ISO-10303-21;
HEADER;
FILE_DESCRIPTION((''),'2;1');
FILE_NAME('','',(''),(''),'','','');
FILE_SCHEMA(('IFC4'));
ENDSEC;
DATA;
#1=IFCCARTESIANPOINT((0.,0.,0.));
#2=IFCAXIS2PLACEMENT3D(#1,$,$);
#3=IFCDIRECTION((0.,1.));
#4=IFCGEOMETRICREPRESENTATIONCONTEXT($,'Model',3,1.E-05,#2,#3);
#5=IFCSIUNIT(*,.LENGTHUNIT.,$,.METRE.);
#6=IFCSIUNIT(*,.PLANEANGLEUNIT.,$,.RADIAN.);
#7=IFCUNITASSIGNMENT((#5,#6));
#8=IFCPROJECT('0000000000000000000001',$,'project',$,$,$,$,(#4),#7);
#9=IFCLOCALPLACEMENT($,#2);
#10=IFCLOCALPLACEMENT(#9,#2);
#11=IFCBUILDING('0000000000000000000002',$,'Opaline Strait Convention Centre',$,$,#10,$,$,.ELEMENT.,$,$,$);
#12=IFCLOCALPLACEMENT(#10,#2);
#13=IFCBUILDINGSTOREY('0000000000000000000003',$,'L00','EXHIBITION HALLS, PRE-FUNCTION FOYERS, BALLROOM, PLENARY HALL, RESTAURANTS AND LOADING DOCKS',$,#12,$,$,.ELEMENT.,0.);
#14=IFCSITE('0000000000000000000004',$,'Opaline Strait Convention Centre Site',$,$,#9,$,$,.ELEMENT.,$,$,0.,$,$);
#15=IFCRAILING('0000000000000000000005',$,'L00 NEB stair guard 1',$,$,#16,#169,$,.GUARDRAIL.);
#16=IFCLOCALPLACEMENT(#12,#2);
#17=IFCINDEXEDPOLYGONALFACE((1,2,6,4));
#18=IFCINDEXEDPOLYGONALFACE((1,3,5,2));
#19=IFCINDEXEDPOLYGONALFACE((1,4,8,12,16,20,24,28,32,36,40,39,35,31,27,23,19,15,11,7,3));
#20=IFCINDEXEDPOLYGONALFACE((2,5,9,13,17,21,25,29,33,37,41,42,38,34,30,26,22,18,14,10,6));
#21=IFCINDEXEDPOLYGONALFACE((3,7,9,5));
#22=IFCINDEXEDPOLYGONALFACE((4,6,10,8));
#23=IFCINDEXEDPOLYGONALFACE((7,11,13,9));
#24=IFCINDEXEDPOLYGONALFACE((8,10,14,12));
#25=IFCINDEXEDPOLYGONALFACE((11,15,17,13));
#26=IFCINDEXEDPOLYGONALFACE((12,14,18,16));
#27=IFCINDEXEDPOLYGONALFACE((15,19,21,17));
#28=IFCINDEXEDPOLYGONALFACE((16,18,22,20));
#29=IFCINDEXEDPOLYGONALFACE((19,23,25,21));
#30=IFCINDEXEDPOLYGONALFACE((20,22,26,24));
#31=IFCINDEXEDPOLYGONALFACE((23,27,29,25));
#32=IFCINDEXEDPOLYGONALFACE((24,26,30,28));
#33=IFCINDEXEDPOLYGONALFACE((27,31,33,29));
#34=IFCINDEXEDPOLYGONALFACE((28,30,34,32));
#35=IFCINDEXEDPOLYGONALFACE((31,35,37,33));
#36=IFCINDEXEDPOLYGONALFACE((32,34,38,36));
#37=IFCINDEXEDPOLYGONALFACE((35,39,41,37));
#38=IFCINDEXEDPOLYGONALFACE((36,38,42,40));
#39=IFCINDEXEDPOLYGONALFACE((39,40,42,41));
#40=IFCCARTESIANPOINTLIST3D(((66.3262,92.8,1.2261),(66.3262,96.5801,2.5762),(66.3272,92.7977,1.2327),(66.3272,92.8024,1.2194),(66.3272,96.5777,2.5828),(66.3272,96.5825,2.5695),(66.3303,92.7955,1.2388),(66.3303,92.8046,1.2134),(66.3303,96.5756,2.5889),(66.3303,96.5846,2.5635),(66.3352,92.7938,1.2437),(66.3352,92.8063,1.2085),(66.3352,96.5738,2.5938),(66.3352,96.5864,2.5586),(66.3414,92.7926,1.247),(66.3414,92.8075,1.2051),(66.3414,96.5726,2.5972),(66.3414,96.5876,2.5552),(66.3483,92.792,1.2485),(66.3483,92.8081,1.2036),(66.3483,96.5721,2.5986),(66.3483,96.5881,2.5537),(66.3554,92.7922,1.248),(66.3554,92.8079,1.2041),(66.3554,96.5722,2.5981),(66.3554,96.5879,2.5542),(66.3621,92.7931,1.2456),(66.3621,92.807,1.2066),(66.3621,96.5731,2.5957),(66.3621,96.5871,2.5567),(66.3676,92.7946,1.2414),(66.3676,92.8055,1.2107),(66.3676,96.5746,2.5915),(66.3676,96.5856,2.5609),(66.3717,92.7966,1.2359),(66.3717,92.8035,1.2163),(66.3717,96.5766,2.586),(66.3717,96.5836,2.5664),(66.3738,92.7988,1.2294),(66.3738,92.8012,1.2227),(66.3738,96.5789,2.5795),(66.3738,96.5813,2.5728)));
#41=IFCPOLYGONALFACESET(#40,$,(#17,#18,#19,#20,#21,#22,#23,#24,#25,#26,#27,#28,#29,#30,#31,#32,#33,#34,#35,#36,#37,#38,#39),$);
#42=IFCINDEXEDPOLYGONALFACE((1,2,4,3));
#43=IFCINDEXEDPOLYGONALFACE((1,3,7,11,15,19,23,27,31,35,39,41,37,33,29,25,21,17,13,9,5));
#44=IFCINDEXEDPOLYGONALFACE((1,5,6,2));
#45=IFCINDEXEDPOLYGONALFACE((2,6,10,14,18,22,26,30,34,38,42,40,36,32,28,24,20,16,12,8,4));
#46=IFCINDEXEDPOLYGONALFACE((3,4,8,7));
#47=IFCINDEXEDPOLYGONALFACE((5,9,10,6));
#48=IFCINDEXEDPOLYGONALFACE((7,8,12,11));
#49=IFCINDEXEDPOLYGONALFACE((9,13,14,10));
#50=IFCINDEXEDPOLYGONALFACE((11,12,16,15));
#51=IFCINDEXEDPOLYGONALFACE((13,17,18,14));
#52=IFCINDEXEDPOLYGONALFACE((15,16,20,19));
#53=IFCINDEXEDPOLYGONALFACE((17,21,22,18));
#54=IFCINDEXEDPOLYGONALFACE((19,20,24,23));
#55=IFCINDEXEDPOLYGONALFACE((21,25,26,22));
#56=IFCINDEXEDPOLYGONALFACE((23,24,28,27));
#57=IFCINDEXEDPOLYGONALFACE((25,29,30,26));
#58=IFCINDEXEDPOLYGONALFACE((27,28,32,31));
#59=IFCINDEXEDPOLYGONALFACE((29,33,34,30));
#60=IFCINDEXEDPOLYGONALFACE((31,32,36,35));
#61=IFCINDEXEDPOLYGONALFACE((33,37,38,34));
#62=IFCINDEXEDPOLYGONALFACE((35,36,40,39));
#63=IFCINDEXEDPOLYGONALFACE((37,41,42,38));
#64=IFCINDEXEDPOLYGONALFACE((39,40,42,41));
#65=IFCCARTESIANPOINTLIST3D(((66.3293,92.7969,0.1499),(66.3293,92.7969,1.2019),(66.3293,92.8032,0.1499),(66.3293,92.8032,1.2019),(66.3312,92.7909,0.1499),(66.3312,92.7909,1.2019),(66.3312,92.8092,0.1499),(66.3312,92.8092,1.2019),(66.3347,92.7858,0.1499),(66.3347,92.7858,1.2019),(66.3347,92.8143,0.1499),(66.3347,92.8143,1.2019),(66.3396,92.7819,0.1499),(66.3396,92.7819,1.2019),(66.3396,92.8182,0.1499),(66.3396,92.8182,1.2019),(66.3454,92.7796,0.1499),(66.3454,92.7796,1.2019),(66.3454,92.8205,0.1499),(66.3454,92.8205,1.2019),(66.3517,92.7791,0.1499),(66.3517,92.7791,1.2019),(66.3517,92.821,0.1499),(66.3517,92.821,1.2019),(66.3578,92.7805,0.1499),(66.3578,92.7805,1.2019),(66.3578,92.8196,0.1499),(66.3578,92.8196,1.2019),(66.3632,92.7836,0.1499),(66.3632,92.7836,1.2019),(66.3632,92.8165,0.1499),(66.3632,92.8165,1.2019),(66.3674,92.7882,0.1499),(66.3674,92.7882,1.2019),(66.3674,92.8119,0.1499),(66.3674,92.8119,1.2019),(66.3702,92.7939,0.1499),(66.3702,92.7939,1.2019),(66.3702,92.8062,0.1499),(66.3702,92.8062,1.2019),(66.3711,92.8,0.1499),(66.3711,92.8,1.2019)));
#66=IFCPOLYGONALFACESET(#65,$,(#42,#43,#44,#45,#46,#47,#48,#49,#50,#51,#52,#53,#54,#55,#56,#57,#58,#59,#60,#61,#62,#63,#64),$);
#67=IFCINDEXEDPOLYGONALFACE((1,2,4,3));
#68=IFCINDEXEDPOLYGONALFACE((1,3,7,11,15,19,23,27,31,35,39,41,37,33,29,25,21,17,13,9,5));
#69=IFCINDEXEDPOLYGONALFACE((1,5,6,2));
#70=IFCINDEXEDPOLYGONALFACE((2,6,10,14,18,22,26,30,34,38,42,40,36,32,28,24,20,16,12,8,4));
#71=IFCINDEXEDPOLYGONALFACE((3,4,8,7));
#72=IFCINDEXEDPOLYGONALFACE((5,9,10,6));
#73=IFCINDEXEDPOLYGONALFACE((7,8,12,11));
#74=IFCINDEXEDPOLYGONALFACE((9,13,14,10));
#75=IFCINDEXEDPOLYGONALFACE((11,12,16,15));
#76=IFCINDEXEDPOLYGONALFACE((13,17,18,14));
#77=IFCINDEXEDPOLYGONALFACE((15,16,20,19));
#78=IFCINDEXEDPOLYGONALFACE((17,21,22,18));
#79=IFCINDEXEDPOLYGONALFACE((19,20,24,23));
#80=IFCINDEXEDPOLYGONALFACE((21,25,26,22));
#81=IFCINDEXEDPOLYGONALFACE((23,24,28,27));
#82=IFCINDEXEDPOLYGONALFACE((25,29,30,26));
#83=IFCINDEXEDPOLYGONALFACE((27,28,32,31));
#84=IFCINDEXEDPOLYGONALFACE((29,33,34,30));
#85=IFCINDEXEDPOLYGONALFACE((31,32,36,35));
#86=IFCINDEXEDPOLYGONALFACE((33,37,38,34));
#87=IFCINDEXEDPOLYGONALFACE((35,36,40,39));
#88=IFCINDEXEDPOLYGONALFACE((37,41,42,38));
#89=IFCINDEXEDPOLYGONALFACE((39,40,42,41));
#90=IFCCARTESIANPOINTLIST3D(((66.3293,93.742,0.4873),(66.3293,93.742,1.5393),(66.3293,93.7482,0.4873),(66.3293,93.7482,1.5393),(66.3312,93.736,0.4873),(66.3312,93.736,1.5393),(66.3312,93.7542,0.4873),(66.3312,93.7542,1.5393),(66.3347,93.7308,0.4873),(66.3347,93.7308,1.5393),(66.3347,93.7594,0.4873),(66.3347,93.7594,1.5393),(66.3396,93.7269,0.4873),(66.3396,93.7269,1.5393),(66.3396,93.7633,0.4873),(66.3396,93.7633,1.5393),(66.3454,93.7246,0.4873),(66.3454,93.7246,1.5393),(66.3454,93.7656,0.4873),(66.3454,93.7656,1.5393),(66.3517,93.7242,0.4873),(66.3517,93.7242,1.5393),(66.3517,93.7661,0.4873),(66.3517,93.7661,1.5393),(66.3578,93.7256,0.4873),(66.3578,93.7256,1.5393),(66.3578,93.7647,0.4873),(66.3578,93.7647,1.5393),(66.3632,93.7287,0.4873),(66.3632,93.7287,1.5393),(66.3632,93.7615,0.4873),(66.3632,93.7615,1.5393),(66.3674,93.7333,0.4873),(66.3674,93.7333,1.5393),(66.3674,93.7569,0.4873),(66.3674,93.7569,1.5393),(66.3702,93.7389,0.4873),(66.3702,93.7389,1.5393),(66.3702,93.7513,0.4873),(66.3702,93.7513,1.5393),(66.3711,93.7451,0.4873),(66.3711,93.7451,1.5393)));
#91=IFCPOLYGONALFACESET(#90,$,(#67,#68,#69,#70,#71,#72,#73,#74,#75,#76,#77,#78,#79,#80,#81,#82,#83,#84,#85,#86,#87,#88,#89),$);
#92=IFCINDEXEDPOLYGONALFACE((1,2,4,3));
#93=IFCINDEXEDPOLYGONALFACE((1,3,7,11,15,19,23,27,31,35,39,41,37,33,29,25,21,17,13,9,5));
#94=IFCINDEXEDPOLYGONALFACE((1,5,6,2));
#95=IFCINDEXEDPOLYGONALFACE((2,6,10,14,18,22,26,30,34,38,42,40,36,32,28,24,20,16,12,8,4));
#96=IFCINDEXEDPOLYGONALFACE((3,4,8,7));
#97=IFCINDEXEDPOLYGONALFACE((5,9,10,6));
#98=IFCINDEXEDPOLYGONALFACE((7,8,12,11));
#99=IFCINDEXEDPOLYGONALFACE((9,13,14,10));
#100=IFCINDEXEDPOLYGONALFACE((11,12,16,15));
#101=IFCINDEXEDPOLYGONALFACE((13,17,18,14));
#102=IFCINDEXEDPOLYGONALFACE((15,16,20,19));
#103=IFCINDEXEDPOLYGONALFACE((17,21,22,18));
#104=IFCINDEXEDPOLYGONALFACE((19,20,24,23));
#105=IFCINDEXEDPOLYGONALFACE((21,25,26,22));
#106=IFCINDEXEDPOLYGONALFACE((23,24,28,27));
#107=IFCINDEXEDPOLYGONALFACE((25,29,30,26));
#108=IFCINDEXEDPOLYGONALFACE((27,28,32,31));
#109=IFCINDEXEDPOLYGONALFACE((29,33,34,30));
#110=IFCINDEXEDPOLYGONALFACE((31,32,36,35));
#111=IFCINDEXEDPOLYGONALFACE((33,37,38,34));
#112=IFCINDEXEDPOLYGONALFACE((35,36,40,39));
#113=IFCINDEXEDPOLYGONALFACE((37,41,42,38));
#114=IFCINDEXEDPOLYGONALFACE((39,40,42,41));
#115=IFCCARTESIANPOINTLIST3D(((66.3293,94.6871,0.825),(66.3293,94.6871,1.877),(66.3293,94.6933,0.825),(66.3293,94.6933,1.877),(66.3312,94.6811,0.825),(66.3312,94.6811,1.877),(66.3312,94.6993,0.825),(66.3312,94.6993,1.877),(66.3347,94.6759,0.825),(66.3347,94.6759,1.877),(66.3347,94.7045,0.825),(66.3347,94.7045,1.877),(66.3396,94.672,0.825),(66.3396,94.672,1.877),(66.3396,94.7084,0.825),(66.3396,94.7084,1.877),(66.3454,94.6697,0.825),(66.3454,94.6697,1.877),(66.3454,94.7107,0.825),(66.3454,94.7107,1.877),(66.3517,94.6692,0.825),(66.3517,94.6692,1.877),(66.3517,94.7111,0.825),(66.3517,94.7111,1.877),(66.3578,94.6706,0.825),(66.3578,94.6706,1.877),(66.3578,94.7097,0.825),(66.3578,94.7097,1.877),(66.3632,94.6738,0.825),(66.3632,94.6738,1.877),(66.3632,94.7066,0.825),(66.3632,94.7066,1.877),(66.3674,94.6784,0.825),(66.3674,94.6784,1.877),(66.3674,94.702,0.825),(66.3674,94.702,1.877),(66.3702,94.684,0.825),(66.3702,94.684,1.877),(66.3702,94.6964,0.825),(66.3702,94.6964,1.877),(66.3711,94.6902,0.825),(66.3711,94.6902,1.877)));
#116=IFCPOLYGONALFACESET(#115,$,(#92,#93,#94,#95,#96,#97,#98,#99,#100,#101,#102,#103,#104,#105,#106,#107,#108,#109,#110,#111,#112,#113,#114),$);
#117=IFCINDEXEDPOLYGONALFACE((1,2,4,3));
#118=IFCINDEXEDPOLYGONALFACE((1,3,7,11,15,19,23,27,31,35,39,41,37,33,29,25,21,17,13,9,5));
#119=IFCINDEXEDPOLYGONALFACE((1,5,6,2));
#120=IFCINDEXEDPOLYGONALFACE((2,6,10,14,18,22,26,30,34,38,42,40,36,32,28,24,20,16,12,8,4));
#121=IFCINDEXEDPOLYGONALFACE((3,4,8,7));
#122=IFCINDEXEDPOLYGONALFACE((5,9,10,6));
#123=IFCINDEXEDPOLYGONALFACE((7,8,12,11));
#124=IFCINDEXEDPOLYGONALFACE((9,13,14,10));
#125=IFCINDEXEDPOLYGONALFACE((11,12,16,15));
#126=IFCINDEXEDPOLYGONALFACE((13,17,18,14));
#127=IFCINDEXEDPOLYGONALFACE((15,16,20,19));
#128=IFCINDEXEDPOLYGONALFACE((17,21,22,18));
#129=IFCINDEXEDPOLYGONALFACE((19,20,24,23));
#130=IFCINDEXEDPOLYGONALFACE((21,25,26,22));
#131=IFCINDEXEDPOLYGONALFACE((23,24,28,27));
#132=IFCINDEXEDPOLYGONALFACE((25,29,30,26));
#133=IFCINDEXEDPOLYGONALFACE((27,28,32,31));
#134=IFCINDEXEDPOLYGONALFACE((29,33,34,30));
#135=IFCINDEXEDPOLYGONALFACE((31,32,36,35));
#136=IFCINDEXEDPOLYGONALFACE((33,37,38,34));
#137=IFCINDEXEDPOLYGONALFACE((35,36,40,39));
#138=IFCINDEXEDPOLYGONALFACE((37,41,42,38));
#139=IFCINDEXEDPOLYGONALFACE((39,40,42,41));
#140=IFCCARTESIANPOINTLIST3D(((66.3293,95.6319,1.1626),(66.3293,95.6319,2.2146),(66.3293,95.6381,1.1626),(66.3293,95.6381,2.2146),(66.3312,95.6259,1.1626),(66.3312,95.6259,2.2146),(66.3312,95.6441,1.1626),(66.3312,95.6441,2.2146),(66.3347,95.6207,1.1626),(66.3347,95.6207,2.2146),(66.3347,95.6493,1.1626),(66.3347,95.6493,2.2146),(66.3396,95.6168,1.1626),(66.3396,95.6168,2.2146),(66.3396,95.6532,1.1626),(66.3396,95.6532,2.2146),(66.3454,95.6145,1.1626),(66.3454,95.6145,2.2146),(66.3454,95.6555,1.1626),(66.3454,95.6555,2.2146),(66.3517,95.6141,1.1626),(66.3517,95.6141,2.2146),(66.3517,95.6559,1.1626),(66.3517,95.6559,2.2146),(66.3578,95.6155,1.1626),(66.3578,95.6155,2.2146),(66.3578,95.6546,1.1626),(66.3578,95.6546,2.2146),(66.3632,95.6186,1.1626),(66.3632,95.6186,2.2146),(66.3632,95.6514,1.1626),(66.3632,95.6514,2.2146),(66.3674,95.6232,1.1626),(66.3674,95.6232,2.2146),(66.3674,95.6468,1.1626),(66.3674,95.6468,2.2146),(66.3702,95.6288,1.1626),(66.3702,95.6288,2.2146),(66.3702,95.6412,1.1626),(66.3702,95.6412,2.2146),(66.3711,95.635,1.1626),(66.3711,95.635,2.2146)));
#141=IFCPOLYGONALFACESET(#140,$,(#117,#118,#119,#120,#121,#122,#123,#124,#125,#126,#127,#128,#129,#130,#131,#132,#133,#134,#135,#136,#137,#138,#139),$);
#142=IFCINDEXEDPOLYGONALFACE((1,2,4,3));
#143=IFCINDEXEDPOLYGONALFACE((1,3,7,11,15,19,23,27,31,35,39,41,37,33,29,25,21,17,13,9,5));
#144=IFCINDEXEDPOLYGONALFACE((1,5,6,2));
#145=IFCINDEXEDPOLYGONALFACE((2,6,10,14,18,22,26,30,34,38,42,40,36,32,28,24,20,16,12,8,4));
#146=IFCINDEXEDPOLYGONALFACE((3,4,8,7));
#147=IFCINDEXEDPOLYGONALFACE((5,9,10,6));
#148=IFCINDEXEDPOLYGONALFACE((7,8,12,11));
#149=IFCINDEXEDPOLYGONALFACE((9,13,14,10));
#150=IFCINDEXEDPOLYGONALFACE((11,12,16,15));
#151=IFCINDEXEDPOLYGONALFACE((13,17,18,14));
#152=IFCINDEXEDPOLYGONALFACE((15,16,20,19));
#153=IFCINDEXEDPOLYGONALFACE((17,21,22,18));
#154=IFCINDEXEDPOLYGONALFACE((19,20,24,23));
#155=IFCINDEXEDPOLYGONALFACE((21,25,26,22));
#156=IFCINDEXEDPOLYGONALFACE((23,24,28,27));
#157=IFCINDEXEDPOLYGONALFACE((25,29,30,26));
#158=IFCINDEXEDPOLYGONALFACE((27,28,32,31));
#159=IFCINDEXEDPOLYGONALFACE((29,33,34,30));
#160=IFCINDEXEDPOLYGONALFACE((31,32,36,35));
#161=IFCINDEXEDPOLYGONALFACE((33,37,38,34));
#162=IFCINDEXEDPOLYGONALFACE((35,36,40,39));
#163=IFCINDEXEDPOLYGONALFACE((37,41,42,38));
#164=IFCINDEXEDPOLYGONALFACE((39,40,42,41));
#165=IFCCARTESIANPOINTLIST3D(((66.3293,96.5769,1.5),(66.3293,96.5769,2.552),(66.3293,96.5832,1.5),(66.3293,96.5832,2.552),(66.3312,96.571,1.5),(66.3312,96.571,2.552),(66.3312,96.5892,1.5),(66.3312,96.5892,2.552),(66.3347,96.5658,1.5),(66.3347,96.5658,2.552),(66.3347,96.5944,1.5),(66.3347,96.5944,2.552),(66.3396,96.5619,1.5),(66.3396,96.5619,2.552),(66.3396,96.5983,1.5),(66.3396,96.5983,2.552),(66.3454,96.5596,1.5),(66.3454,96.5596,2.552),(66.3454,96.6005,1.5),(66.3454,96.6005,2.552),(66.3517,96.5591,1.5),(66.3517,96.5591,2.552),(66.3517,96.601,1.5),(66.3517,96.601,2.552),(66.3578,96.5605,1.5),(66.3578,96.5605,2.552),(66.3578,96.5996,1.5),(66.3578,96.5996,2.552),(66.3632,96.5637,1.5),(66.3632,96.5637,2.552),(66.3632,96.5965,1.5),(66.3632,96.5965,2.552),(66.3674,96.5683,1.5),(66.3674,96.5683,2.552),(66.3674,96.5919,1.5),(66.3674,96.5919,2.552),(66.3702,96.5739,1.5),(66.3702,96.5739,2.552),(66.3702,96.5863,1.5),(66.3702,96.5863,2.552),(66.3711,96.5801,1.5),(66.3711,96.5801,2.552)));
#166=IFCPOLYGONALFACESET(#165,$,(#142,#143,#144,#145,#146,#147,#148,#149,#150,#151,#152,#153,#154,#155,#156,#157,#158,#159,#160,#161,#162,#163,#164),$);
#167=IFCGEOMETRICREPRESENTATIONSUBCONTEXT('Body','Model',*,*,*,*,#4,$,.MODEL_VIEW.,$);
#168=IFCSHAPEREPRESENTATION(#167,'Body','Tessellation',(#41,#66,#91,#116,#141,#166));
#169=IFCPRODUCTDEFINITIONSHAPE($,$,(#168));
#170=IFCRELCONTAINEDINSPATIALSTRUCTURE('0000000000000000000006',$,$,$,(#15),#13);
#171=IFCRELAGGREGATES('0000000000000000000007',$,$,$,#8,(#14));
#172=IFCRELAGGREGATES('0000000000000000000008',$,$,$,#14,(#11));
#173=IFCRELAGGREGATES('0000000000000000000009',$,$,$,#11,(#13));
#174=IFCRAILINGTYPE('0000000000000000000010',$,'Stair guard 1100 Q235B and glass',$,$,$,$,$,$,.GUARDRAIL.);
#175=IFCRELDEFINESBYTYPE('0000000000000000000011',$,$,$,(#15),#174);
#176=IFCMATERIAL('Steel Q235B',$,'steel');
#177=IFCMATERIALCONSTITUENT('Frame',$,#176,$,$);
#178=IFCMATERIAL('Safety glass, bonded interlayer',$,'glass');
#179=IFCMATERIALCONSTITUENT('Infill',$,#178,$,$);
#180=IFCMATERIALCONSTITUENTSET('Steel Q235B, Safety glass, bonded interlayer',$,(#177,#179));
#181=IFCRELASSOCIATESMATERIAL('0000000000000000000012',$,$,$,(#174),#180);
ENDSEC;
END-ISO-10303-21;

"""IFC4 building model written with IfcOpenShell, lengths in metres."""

from ifc_helpers import new_model, si_unit, direction, frame, origin, origin_2d, place, context, subcontext, project, spatial, circle, extrude, material, constituent, constituent_set, type_object, element, save


model = new_model("IFC4")

# Units and contexts
model_context = context("Model", 3, precision=1e-05, world=origin(), true_north=direction((0.0, 1.0)))
body_context = subcontext(model_context, "Body", "Model", "MODEL_VIEW")
ifc_project = project(units=[si_unit("LENGTHUNIT", "METRE"), si_unit("PLANEANGLEUNIT", "RADIAN")], contexts=[model_context])

# Site, building, storey
site_placement = place(None, origin())
site = spatial("IfcSite", under=ifc_project, at=site_placement, Name="Opaline Strait Convention Centre Site", CompositionType="ELEMENT", RefElevation=0.0)
building_placement = place(site_placement, origin())
building = spatial("IfcBuilding", under=site, at=building_placement, Name="Opaline Strait Convention Centre", CompositionType="ELEMENT")
storey_placement = place(building_placement, origin())
storey = spatial("IfcBuildingStorey", under=building, at=storey_placement, Name="L00", Description="EXHIBITION HALLS, PRE-FUNCTION FOYERS, BALLROOM, PLENARY HALL, RESTAURANTS AND LOADING DOCKS", CompositionType="ELEMENT", Elevation=0.0)

# Railing
ifc_material_1 = material(Name="Steel Q235B", Category="steel")
ifc_constituent_1 = constituent(ifc_material_1, Name="Frame")
ifc_material_2 = material(Name="Safety glass, bonded interlayer", Category="glass")
ifc_constituent_2 = constituent(ifc_material_2, Name="Infill")
ifc_constituent_set = constituent_set(constituents=[ifc_constituent_1, ifc_constituent_2], Name="Steel Q235B, Safety glass, bonded interlayer")
railing_type_1 = type_object("IfcRailingType", Name="Stair guard 1100 Q235B and glass", PredefinedType="GUARDRAIL", material=ifc_constituent_set)
railing_1_placement = place(storey_placement, frame((66.3501, 92.8, 0.1499)))
element("IfcRailing", 1, at=railing_1_placement, inside=storey, type_object=railing_type_1, Name="L00 NEB stair guard 1", PredefinedType="GUARDRAIL", context=body_context, shape_type="SweptSolid", body=[
    extrude(circle(Radius=0.0239, at=origin_2d()), frame((0.0, 0.0, 1.0762), z_axis=(0.0, 0.941735, 0.336356), x_axis=(-1.0, 0.0, 0.0)), (0.0, 0.0, 1.0), 4.0139),
    extrude(circle(Radius=0.021, at=origin_2d()), origin(), (0.0, 0.0, 1.0), 1.052),
    extrude(circle(Radius=0.021, at=origin_2d()), frame((0.0, 0.9451, 0.3374)), (0.0, 0.0, 1.0), 1.052),
    extrude(circle(Radius=0.021, at=origin_2d()), frame((0.0, 1.8901, 0.675)), (0.0, 0.0, 1.0), 1.052),
    extrude(circle(Radius=0.021, at=origin_2d()), frame((0.0, 2.835, 1.0127)), (0.0, 0.0, 1.0), 1.052),
    extrude(circle(Radius=0.021, at=origin_2d()), frame((0.0, 3.78, 1.3501)), (0.0, 0.0, 1.0), 1.052),
])

save(model, "model.ifc")
